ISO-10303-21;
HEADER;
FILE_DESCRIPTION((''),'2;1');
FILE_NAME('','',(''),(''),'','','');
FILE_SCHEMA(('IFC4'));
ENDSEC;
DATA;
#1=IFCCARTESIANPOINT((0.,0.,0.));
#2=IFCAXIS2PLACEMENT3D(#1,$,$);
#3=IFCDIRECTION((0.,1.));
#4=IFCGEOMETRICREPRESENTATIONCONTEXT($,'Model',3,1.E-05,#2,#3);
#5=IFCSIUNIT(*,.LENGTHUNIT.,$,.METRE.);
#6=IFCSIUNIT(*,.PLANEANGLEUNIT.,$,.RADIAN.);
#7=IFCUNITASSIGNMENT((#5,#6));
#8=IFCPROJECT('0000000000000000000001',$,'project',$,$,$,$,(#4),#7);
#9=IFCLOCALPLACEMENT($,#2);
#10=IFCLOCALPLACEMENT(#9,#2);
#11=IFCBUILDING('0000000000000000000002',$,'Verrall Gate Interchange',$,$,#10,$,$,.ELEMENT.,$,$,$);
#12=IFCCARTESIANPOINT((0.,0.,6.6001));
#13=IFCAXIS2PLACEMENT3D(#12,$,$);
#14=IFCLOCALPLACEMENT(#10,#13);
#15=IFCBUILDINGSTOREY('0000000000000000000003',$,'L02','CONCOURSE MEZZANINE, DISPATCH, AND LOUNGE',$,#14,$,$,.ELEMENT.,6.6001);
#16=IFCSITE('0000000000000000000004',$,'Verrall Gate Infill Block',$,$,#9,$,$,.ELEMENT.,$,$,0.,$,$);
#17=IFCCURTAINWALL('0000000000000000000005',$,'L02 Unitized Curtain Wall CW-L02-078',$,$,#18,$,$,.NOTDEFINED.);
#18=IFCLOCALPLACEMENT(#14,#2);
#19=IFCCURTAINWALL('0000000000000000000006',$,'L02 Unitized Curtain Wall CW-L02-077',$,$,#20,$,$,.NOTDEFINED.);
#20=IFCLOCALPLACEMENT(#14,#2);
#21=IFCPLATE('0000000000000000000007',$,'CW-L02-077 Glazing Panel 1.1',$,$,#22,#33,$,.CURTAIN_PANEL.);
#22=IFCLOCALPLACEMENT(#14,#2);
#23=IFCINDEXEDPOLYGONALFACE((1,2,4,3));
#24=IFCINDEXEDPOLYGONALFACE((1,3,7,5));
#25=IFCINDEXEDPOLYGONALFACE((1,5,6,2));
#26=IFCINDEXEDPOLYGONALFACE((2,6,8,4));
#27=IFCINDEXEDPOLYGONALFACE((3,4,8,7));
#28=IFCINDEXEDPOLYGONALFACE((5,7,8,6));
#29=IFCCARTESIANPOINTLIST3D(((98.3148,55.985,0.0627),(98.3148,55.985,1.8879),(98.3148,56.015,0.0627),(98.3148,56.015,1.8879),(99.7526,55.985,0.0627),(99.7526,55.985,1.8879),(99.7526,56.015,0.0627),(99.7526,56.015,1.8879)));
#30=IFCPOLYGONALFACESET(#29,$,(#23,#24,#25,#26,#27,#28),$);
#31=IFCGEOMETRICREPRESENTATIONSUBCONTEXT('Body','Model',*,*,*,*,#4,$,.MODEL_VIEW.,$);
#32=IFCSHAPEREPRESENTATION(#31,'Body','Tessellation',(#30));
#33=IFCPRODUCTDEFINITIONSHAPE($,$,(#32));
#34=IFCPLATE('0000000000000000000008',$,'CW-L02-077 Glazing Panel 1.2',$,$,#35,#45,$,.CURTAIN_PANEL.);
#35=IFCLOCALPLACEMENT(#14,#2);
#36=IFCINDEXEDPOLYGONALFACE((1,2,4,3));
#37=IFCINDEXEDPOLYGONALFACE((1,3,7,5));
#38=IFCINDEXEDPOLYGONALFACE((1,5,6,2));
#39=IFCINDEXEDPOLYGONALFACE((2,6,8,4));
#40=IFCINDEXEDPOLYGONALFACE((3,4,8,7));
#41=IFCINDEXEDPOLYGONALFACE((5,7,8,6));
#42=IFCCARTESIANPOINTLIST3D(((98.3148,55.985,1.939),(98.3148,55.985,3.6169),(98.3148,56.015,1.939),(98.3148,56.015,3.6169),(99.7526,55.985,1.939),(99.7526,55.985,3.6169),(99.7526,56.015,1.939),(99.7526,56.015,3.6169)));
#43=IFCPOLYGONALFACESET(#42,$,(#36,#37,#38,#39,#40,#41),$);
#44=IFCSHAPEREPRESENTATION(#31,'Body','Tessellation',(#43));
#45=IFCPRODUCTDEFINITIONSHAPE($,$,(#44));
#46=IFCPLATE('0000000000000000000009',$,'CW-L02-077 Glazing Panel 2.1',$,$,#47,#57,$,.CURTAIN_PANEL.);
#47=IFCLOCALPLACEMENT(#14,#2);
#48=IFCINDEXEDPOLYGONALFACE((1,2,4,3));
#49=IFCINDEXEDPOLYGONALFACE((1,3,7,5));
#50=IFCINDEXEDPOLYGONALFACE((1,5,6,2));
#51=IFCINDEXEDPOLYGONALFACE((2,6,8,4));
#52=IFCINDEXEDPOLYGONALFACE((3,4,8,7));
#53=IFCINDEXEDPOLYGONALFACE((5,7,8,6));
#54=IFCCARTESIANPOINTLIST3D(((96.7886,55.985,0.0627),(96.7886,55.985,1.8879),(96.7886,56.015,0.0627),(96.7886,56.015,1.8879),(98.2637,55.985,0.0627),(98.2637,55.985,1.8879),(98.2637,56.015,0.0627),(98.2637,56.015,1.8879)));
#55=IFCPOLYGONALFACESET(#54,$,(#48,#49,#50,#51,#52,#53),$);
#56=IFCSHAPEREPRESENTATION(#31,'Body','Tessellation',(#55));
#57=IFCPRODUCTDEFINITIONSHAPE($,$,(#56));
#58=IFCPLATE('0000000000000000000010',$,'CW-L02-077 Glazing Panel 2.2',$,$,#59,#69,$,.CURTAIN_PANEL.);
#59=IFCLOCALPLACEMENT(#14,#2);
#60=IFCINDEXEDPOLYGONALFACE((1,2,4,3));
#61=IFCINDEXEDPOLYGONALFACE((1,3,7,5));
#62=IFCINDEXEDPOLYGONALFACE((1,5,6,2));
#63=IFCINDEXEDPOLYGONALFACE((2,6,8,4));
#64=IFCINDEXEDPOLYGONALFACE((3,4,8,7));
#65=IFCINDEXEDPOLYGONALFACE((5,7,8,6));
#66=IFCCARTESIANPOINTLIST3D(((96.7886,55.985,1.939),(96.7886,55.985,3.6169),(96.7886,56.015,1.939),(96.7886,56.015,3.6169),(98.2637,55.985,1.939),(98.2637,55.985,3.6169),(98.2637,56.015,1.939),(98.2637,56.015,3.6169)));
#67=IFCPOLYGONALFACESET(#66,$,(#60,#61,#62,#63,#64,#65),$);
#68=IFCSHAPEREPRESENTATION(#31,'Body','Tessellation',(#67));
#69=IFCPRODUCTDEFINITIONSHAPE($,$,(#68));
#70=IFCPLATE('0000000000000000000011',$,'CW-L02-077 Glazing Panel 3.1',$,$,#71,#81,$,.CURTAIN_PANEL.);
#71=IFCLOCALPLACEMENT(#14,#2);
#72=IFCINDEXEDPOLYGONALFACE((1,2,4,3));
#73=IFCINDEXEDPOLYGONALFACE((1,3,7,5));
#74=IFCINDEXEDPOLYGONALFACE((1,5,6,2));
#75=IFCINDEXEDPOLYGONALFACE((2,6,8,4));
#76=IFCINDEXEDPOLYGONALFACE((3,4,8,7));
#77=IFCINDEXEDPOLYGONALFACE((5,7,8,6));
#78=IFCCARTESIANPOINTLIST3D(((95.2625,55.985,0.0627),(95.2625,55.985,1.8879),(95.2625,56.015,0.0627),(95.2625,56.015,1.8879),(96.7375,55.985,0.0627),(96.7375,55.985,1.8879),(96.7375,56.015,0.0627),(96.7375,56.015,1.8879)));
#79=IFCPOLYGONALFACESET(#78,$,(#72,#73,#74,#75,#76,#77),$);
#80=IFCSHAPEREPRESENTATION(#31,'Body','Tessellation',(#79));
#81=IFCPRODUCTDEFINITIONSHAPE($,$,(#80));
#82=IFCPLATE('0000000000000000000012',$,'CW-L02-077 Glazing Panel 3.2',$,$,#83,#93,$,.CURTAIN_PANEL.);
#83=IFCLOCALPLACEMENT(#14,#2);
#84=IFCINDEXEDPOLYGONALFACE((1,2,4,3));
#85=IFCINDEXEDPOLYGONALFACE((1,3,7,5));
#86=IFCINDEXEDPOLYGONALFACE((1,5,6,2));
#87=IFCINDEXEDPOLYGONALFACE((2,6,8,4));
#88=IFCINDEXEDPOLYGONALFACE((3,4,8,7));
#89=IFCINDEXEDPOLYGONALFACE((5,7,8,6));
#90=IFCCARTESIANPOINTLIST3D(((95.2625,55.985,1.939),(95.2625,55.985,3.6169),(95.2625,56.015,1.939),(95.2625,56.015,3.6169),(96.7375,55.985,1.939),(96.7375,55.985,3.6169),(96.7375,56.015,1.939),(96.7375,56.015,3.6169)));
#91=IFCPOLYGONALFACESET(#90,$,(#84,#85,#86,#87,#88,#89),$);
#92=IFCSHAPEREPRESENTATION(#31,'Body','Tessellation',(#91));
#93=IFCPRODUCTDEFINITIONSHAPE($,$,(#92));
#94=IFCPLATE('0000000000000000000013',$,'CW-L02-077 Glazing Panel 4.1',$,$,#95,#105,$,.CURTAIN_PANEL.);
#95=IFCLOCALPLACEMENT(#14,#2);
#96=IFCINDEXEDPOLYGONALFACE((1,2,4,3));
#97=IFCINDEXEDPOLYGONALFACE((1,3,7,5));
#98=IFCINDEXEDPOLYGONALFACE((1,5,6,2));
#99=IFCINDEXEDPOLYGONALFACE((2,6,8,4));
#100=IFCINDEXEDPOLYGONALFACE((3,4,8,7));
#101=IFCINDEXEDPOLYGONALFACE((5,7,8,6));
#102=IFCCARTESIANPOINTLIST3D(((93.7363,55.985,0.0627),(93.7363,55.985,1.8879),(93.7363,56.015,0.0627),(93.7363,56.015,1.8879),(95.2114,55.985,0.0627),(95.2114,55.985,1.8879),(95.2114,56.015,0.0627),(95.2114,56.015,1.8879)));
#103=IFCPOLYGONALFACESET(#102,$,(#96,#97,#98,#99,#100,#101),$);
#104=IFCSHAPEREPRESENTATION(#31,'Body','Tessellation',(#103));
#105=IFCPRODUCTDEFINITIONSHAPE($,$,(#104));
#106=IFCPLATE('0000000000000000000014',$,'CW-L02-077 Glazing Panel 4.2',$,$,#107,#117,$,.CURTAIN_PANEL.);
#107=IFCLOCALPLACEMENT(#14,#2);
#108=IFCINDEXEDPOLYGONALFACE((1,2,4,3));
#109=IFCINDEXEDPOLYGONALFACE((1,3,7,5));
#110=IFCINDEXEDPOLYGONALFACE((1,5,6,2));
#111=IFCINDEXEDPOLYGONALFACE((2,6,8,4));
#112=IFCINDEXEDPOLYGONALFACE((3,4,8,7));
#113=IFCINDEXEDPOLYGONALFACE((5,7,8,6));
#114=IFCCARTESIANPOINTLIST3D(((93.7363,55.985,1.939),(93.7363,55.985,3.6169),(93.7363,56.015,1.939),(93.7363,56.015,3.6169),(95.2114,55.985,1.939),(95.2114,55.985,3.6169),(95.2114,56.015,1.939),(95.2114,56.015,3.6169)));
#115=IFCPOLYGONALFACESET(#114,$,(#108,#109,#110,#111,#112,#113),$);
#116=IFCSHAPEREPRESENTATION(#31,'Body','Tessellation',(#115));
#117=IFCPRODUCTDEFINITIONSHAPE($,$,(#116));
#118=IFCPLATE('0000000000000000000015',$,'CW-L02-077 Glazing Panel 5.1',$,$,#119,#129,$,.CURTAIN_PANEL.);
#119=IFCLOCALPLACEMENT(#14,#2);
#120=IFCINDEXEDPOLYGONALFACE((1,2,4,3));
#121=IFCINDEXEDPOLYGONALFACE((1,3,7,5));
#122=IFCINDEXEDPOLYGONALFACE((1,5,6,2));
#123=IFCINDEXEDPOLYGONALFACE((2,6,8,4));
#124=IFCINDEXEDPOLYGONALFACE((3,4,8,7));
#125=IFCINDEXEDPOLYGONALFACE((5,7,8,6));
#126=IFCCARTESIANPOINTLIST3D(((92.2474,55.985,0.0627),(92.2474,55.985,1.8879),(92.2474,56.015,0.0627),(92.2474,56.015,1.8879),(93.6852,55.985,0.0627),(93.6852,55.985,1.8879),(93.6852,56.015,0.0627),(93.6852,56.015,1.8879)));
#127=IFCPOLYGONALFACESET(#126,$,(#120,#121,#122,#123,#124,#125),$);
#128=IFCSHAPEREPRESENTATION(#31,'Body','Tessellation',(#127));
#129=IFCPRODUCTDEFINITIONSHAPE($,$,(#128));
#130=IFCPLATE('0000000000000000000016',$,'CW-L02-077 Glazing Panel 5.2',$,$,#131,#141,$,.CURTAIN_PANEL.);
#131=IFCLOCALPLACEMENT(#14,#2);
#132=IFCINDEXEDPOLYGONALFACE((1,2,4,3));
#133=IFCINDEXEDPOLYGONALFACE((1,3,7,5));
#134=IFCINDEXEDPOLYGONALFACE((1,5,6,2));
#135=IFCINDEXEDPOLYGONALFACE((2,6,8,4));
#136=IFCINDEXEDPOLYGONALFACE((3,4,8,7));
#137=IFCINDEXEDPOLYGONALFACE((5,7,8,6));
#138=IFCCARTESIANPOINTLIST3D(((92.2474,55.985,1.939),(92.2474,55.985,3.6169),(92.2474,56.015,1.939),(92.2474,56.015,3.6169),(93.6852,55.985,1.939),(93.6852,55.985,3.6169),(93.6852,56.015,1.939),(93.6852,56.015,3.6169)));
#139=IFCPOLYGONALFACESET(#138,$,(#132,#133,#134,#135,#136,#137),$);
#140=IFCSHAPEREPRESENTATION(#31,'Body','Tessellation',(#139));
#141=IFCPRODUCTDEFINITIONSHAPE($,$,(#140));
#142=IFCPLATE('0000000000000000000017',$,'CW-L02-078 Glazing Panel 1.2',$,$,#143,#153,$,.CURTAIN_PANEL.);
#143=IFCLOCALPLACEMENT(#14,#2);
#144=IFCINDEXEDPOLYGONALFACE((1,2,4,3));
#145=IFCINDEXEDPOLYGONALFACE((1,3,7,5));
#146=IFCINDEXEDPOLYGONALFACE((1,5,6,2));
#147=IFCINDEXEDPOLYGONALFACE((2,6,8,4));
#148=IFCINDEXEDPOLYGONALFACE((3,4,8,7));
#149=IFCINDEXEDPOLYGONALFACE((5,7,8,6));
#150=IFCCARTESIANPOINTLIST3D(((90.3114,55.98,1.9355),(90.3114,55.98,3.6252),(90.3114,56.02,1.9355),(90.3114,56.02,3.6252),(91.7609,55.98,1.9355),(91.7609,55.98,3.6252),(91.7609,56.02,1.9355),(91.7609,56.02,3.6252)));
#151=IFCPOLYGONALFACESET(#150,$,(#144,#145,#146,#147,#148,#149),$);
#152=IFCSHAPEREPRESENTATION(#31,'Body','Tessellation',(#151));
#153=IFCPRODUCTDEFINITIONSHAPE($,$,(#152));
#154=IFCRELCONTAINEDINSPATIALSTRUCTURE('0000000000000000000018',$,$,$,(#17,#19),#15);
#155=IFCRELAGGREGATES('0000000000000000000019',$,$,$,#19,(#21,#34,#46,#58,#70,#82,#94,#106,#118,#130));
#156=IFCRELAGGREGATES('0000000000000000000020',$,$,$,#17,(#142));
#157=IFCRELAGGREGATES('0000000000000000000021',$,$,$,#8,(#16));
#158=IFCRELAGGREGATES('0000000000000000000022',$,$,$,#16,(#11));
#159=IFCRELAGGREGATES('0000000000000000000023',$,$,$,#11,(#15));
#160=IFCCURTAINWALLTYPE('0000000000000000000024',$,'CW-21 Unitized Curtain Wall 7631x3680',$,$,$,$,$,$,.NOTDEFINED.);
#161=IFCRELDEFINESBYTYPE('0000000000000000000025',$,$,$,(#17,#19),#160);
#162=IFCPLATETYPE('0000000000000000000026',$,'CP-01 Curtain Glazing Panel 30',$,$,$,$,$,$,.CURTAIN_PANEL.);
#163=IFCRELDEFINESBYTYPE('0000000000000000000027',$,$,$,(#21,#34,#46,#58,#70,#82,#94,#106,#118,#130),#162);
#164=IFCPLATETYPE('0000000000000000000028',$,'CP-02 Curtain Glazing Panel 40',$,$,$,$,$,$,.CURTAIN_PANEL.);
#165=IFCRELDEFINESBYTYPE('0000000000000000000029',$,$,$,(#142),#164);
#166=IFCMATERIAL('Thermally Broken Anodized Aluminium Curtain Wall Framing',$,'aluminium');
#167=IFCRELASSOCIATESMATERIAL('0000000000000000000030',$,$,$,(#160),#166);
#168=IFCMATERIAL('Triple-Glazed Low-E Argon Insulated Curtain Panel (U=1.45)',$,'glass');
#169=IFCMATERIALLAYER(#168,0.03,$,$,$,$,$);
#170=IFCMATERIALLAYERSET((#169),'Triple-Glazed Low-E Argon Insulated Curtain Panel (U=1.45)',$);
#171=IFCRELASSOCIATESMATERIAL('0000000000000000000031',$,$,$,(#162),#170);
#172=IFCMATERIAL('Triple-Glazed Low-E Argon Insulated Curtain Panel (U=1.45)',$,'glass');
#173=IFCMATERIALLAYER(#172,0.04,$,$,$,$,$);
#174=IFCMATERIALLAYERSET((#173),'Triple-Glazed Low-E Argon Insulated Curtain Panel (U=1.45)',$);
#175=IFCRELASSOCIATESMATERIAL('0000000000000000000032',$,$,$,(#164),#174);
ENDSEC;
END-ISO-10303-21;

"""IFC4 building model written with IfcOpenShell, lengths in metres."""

from ifc_helpers import new_model, si_unit, direction, frame, origin, origin_2d, place, context, subcontext, project, spatial, rectangle, extrude, material, layer, layer_set, type_object, element, aggregate, save


model = new_model("IFC4")

# Units and contexts
model_context = context("Model", 3, precision=1e-05, world=origin(), true_north=direction((0.0, 1.0)))
body_context = subcontext(model_context, "Body", "Model", "MODEL_VIEW")
ifc_project = project(units=[si_unit("LENGTHUNIT", "METRE"), si_unit("PLANEANGLEUNIT", "RADIAN")], contexts=[model_context])

# Site, building, storey
site_placement = place(None, origin())
site = spatial("IfcSite", under=ifc_project, at=site_placement, Name="Verrall Gate Infill Block", CompositionType="ELEMENT", RefElevation=0.0)
building_placement = place(site_placement, origin())
building = spatial("IfcBuilding", under=site, at=building_placement, Name="Verrall Gate Interchange", CompositionType="ELEMENT")
storey_placement = place(building_placement, frame((0.0, 0.0, 6.6001)))
storey = spatial("IfcBuildingStorey", under=building, at=storey_placement, Name="L02", Description="CONCOURSE MEZZANINE, DISPATCH, AND LOUNGE", CompositionType="ELEMENT", Elevation=6.6001)

# Curtain wall
ifc_material_1 = material(Name="Thermally Broken Anodized Aluminium Curtain Wall Framing", Category="aluminium")
curtain_wall_type = type_object("IfcCurtainWallType", Name="CW-21 Unitized Curtain Wall 7631x3680", PredefinedType="NOTDEFINED", material=ifc_material_1)
curtain_wall_1_placement = place(storey_placement, origin())
curtain_wall_1 = element("IfcCurtainWall", 1, at=curtain_wall_1_placement, inside=storey, type_object=curtain_wall_type, Name="L02 Unitized Curtain Wall CW-L02-078", PredefinedType="NOTDEFINED")

# Curtain wall
curtain_wall_2_placement = place(storey_placement, origin())
curtain_wall_2 = element("IfcCurtainWall", 2, at=curtain_wall_2_placement, inside=storey, type_object=curtain_wall_type, Name="L02 Unitized Curtain Wall CW-L02-077", PredefinedType="NOTDEFINED")

# Plates
ifc_material_2 = material(Name="Triple-Glazed Low-E Argon Insulated Curtain Panel (U=1.45)", Category="glass")
ifc_layer_1 = layer(ifc_material_2, 0.03)
ifc_layer_set_1 = layer_set([ifc_layer_1], Name="Triple-Glazed Low-E Argon Insulated Curtain Panel (U=1.45)")
plate_type_1 = type_object("IfcPlateType", Name="CP-01 Curtain Glazing Panel 30", PredefinedType="CURTAIN_PANEL", material=ifc_layer_set_1)
plate_1_placement = place(storey_placement, frame((99.0337, 56.0, 0.0627), z_axis=(0.0, 0.0, 1.0), x_axis=(-1.0, 0.0, 0.0)))
plate_1 = element("IfcPlate", 3, at=plate_1_placement, type_object=plate_type_1, Name="CW-L02-077 Glazing Panel 1.1", PredefinedType="CURTAIN_PANEL", context=body_context, shape_type="SweptSolid", body=[
    extrude(rectangle(XDim=1.4377, YDim=0.03, at=origin_2d()), origin(), (0.0, 0.0, 1.0), 1.8252),
])
plate_2_placement = place(storey_placement, frame((99.0337, 56.0, 1.939), z_axis=(0.0, 0.0, 1.0), x_axis=(-1.0, 0.0, 0.0)))
plate_2 = element("IfcPlate", 4, at=plate_2_placement, type_object=plate_type_1, Name="CW-L02-077 Glazing Panel 1.2", PredefinedType="CURTAIN_PANEL", context=body_context, shape_type="SweptSolid", body=[
    extrude(rectangle(XDim=1.4377, YDim=0.03, at=origin_2d()), origin(), (0.0, 0.0, 1.0), 1.678),
])
plate_3_placement = place(storey_placement, frame((97.5261, 56.0, 0.0627), z_axis=(0.0, 0.0, 1.0), x_axis=(-1.0, 0.0, 0.0)))
plate_3 = element("IfcPlate", 5, at=plate_3_placement, type_object=plate_type_1, Name="CW-L02-077 Glazing Panel 2.1", PredefinedType="CURTAIN_PANEL", context=body_context, shape_type="SweptSolid", body=[
    extrude(rectangle(XDim=1.4751, YDim=0.03, at=origin_2d()), origin(), (0.0, 0.0, 1.0), 1.8252),
])
plate_4_placement = place(storey_placement, frame((97.5261, 56.0, 1.939), z_axis=(0.0, 0.0, 1.0), x_axis=(-1.0, 0.0, 0.0)))
plate_4 = element("IfcPlate", 6, at=plate_4_placement, type_object=plate_type_1, Name="CW-L02-077 Glazing Panel 2.2", PredefinedType="CURTAIN_PANEL", context=body_context, shape_type="SweptSolid", body=[
    extrude(rectangle(XDim=1.4751, YDim=0.03, at=origin_2d()), origin(), (0.0, 0.0, 1.0), 1.678),
])
plate_5_placement = place(storey_placement, frame((96.0, 56.0, 0.0627), z_axis=(0.0, 0.0, 1.0), x_axis=(-1.0, 0.0, 0.0)))
plate_5 = element("IfcPlate", 7, at=plate_5_placement, type_object=plate_type_1, Name="CW-L02-077 Glazing Panel 3.1", PredefinedType="CURTAIN_PANEL", context=body_context, shape_type="SweptSolid", body=[
    extrude(rectangle(XDim=1.4751, YDim=0.03, at=origin_2d()), origin(), (0.0, 0.0, 1.0), 1.8252),
])
plate_6_placement = place(storey_placement, frame((96.0, 56.0, 1.939), z_axis=(0.0, 0.0, 1.0), x_axis=(-1.0, 0.0, 0.0)))
plate_6 = element("IfcPlate", 8, at=plate_6_placement, type_object=plate_type_1, Name="CW-L02-077 Glazing Panel 3.2", PredefinedType="CURTAIN_PANEL", context=body_context, shape_type="SweptSolid", body=[
    extrude(rectangle(XDim=1.4751, YDim=0.03, at=origin_2d()), origin(), (0.0, 0.0, 1.0), 1.678),
])
plate_7_placement = place(storey_placement, frame((94.4739, 56.0, 0.0627), z_axis=(0.0, 0.0, 1.0), x_axis=(-1.0, 0.0, 0.0)))
plate_7 = element("IfcPlate", 9, at=plate_7_placement, type_object=plate_type_1, Name="CW-L02-077 Glazing Panel 4.1", PredefinedType="CURTAIN_PANEL", context=body_context, shape_type="SweptSolid", body=[
    extrude(rectangle(XDim=1.4751, YDim=0.03, at=origin_2d()), origin(), (0.0, 0.0, 1.0), 1.8252),
])
plate_8_placement = place(storey_placement, frame((94.4739, 56.0, 1.939), z_axis=(0.0, 0.0, 1.0), x_axis=(-1.0, 0.0, 0.0)))
plate_8 = element("IfcPlate", 10, at=plate_8_placement, type_object=plate_type_1, Name="CW-L02-077 Glazing Panel 4.2", PredefinedType="CURTAIN_PANEL", context=body_context, shape_type="SweptSolid", body=[
    extrude(rectangle(XDim=1.4751, YDim=0.03, at=origin_2d()), origin(), (0.0, 0.0, 1.0), 1.678),
])
plate_9_placement = place(storey_placement, frame((92.9663, 56.0, 0.0627), z_axis=(0.0, 0.0, 1.0), x_axis=(-1.0, 0.0, 0.0)))
plate_9 = element("IfcPlate", 11, at=plate_9_placement, type_object=plate_type_1, Name="CW-L02-077 Glazing Panel 5.1", PredefinedType="CURTAIN_PANEL", context=body_context, shape_type="SweptSolid", body=[
    extrude(rectangle(XDim=1.4377, YDim=0.03, at=origin_2d()), origin(), (0.0, 0.0, 1.0), 1.8252),
])
plate_10_placement = place(storey_placement, frame((92.9663, 56.0, 1.939), z_axis=(0.0, 0.0, 1.0), x_axis=(-1.0, 0.0, 0.0)))
plate_10 = element("IfcPlate", 12, at=plate_10_placement, type_object=plate_type_1, Name="CW-L02-077 Glazing Panel 5.2", PredefinedType="CURTAIN_PANEL", context=body_context, shape_type="SweptSolid", body=[
    extrude(rectangle(XDim=1.4377, YDim=0.03, at=origin_2d()), origin(), (0.0, 0.0, 1.0), 1.678),
])
aggregate(curtain_wall_2, [plate_1, plate_2, plate_3, plate_4, plate_5, plate_6, plate_7, plate_8, plate_9, plate_10])
ifc_material_3 = material(Name="Triple-Glazed Low-E Argon Insulated Curtain Panel (U=1.45)", Category="glass")
ifc_layer_2 = layer(ifc_material_3, 0.04)
ifc_layer_set_2 = layer_set([ifc_layer_2], Name="Triple-Glazed Low-E Argon Insulated Curtain Panel (U=1.45)")
plate_type_2 = type_object("IfcPlateType", Name="CP-02 Curtain Glazing Panel 40", PredefinedType="CURTAIN_PANEL", material=ifc_layer_set_2)
plate_11_placement = place(storey_placement, frame((91.0361, 56.0, 1.9355), z_axis=(0.0, 0.0, 1.0), x_axis=(-1.0, 0.0, 0.0)))
plate_11 = element("IfcPlate", 13, at=plate_11_placement, type_object=plate_type_2, Name="CW-L02-078 Glazing Panel 1.2", PredefinedType="CURTAIN_PANEL", context=body_context, shape_type="SweptSolid", body=[
    extrude(rectangle(XDim=1.4495, YDim=0.04, at=origin_2d()), origin(), (0.0, 0.0, 1.0), 1.6897),
])
aggregate(curtain_wall_1, [plate_11])

save(model, "model.ifc")
